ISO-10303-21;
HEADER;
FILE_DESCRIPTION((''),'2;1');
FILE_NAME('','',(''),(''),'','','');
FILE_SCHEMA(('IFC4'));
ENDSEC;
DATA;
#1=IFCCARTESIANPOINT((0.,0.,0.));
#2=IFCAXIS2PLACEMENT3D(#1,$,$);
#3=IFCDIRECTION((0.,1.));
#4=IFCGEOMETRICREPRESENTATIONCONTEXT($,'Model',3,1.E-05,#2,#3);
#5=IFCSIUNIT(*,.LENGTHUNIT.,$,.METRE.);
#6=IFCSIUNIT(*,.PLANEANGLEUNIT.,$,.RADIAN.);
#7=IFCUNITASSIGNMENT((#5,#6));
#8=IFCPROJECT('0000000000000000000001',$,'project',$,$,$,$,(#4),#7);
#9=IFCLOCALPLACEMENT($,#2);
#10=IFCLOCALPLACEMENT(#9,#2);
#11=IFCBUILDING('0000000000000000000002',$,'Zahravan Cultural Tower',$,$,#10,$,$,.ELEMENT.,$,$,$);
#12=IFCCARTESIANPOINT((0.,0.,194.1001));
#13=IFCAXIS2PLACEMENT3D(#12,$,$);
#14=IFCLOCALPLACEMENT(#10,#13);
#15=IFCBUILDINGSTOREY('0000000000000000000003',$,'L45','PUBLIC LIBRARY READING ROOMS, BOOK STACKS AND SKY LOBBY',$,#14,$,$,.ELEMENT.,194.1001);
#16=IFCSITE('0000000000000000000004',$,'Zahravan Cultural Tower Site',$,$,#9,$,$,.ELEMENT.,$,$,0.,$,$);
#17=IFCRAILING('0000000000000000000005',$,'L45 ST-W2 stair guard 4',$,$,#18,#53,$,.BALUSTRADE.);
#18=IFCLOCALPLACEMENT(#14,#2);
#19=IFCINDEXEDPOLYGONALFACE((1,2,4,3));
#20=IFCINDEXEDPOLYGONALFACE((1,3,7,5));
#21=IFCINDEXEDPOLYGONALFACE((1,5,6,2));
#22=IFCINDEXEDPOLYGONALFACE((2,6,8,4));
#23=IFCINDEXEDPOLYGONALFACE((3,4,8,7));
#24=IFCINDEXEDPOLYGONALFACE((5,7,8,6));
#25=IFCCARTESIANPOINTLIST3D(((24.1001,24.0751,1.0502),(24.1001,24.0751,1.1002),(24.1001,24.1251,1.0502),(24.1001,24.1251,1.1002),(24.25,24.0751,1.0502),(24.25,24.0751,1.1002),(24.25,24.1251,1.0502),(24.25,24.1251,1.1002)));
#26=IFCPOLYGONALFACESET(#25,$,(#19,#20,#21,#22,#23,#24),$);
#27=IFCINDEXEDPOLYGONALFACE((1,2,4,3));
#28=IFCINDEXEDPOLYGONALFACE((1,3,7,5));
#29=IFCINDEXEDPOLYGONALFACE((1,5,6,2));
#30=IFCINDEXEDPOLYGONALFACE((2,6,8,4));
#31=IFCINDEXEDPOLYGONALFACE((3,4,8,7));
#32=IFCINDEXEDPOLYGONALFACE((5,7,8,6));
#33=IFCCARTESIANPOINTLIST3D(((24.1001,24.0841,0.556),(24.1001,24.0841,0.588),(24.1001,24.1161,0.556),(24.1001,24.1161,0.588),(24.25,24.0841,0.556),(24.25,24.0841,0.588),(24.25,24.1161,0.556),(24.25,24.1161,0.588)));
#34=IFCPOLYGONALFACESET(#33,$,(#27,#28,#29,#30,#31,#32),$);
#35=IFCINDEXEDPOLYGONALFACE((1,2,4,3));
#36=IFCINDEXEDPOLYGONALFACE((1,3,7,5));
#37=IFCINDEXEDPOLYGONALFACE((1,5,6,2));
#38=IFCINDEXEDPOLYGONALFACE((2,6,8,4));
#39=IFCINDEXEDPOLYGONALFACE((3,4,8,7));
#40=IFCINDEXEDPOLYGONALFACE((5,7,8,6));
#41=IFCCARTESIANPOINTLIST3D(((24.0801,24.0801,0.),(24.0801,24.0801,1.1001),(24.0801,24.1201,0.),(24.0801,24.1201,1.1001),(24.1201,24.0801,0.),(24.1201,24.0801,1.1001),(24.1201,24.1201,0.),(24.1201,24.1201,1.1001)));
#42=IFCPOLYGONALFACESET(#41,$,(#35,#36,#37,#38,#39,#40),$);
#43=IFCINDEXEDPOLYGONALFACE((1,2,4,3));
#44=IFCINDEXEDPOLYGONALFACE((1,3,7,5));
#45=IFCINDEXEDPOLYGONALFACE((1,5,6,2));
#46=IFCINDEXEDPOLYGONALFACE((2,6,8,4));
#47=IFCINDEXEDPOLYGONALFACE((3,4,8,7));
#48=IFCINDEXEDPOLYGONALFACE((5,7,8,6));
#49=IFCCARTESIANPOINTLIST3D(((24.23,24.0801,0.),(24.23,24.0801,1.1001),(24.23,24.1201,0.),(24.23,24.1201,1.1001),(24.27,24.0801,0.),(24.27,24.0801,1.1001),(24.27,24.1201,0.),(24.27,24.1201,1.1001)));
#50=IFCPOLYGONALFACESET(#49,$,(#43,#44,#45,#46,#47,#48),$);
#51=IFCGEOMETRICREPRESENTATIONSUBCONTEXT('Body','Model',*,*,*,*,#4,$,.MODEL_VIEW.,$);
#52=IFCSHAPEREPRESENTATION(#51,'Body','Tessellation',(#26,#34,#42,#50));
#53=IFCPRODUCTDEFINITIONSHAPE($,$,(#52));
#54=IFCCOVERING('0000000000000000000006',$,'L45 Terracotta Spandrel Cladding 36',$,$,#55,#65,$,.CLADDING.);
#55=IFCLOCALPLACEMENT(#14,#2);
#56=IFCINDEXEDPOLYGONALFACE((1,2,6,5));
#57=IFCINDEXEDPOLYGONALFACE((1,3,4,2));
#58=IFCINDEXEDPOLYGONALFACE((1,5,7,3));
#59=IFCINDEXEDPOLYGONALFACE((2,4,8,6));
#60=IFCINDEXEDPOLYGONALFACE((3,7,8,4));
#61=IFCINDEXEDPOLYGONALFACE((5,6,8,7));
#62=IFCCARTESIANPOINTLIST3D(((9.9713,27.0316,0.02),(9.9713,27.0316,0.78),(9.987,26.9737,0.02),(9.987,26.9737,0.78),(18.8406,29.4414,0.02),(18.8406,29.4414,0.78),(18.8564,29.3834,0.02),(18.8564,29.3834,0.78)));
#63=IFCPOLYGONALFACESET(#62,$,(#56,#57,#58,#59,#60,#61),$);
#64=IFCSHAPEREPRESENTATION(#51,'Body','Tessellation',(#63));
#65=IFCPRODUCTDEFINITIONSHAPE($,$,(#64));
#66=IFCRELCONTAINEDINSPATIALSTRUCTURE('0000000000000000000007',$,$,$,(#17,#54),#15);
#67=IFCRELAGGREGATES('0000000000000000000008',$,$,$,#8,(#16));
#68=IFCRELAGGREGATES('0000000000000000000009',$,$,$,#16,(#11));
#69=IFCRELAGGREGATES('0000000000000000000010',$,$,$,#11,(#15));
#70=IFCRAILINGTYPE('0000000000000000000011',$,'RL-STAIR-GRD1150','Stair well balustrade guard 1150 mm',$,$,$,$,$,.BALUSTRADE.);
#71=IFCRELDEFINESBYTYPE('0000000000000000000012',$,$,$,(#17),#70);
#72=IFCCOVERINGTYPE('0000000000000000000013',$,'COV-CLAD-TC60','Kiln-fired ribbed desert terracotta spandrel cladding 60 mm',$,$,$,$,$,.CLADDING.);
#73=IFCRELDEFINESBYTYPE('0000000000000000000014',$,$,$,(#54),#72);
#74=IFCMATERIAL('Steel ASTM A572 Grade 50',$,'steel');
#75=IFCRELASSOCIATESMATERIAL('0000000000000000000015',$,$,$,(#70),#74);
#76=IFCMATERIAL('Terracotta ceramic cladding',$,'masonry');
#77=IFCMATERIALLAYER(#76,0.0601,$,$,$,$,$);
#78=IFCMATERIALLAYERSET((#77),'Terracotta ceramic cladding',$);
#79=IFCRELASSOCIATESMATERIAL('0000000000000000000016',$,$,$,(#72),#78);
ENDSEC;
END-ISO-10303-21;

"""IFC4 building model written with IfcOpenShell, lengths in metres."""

from ifc_helpers import new_model, si_unit, direction, frame, origin, origin_2d, place, context, subcontext, project, spatial, rectangle, extrude, source, transform, mapped, material, layer, layer_set, type_object, element, save


model = new_model("IFC4")

# Units and contexts
model_context = context("Model", 3, precision=1e-05, world=origin(), true_north=direction((0.0, 1.0)))
body_context = subcontext(model_context, "Body", "Model", "MODEL_VIEW")
ifc_project = project(units=[si_unit("LENGTHUNIT", "METRE"), si_unit("PLANEANGLEUNIT", "RADIAN")], contexts=[model_context])

# Site, building, storey
site_placement = place(None, origin())
site = spatial("IfcSite", under=ifc_project, at=site_placement, Name="Zahravan Cultural Tower Site", CompositionType="ELEMENT", RefElevation=0.0)
building_placement = place(site_placement, origin())
building = spatial("IfcBuilding", under=site, at=building_placement, Name="Zahravan Cultural Tower", CompositionType="ELEMENT")
storey_placement = place(building_placement, frame((0.0, 0.0, 194.1001)))
storey = spatial("IfcBuildingStorey", under=building, at=storey_placement, Name="L45", Description="PUBLIC LIBRARY READING ROOMS, BOOK STACKS AND SKY LOBBY", CompositionType="ELEMENT", Elevation=194.1001)

# Railing
ifc_material_1 = material(Name="Steel ASTM A572 Grade 50", Category="steel")
railing_type = type_object("IfcRailingType", Name="RL-STAIR-GRD1150", Description="Stair well balustrade guard 1150 mm", PredefinedType="BALUSTRADE", material=ifc_material_1)
railing_1_placement = place(storey_placement, frame((24.1001, 24.1001, 0.0)))
element("IfcRailing", 1, at=railing_1_placement, inside=storey, type_object=railing_type, Name="L45 ST-W2 stair guard 4", PredefinedType="BALUSTRADE", context=body_context, shape_type="SweptSolid", body=[
    extrude(rectangle(XDim=0.05, YDim=0.05, at=origin_2d()), frame((0.0, 0.0, 1.0752), z_axis=(1.0, 0.0, 0.0), x_axis=(0.0, 1.0, 0.0)), (0.0, 0.0, 1.0), 0.1499),
    extrude(rectangle(XDim=0.032, YDim=0.032, at=origin_2d()), frame((0.0, 0.0, 0.572), z_axis=(1.0, 0.0, 0.0), x_axis=(0.0, 1.0, 0.0)), (0.0, 0.0, 1.0), 0.1499),
    extrude(rectangle(XDim=0.04, YDim=0.04, at=origin_2d()), origin(), (0.0, 0.0, 1.0), 1.1001),
    extrude(rectangle(XDim=0.04, YDim=0.04, at=origin_2d()), frame((0.1499, 0.0, 0.0)), (0.0, 0.0, 1.0), 1.1001),
])

# Covering
ifc_material_2 = material(Name="Terracotta ceramic cladding", Category="masonry")
ifc_layer_1 = layer(ifc_material_2, 0.0601)
ifc_layer_set_1 = layer_set([ifc_layer_1], Name="Terracotta ceramic cladding")
covering_type = type_object("IfcCoveringType", Name="COV-CLAD-TC60", Description="Kiln-fired ribbed desert terracotta spandrel cladding 60 mm", PredefinedType="CLADDING", material=ifc_layer_set_1)
shared_shape_1 = source(origin(), body_context, "Body", "SweptSolid", [
    extrude(rectangle(XDim=9.1909, YDim=0.0601, at=origin_2d()), origin(), (0.0, 0.0, 1.0), 0.76),
])
covering_placement = place(storey_placement, frame((14.4138, 28.2075, 0.02), z_axis=(0.0, 0.0, 1.0), x_axis=(0.965016, 0.262189, 0.0)))
element("IfcCovering", 2, at=covering_placement, inside=storey, type_object=covering_type, Name="L45 Terracotta Spandrel Cladding 36", PredefinedType="CLADDING", context=body_context, shape_type="MappedRepresentation", body=[
    mapped(shared_shape_1, transform((0.0, 0.0, 0.0), x_axis=(1.0, 0.0, 0.0), y_axis=(0.0, 1.0, 0.0), z_axis=(0.0, 0.0, 1.0), scale=1.0)),
])

save(model, "model.ifc")
